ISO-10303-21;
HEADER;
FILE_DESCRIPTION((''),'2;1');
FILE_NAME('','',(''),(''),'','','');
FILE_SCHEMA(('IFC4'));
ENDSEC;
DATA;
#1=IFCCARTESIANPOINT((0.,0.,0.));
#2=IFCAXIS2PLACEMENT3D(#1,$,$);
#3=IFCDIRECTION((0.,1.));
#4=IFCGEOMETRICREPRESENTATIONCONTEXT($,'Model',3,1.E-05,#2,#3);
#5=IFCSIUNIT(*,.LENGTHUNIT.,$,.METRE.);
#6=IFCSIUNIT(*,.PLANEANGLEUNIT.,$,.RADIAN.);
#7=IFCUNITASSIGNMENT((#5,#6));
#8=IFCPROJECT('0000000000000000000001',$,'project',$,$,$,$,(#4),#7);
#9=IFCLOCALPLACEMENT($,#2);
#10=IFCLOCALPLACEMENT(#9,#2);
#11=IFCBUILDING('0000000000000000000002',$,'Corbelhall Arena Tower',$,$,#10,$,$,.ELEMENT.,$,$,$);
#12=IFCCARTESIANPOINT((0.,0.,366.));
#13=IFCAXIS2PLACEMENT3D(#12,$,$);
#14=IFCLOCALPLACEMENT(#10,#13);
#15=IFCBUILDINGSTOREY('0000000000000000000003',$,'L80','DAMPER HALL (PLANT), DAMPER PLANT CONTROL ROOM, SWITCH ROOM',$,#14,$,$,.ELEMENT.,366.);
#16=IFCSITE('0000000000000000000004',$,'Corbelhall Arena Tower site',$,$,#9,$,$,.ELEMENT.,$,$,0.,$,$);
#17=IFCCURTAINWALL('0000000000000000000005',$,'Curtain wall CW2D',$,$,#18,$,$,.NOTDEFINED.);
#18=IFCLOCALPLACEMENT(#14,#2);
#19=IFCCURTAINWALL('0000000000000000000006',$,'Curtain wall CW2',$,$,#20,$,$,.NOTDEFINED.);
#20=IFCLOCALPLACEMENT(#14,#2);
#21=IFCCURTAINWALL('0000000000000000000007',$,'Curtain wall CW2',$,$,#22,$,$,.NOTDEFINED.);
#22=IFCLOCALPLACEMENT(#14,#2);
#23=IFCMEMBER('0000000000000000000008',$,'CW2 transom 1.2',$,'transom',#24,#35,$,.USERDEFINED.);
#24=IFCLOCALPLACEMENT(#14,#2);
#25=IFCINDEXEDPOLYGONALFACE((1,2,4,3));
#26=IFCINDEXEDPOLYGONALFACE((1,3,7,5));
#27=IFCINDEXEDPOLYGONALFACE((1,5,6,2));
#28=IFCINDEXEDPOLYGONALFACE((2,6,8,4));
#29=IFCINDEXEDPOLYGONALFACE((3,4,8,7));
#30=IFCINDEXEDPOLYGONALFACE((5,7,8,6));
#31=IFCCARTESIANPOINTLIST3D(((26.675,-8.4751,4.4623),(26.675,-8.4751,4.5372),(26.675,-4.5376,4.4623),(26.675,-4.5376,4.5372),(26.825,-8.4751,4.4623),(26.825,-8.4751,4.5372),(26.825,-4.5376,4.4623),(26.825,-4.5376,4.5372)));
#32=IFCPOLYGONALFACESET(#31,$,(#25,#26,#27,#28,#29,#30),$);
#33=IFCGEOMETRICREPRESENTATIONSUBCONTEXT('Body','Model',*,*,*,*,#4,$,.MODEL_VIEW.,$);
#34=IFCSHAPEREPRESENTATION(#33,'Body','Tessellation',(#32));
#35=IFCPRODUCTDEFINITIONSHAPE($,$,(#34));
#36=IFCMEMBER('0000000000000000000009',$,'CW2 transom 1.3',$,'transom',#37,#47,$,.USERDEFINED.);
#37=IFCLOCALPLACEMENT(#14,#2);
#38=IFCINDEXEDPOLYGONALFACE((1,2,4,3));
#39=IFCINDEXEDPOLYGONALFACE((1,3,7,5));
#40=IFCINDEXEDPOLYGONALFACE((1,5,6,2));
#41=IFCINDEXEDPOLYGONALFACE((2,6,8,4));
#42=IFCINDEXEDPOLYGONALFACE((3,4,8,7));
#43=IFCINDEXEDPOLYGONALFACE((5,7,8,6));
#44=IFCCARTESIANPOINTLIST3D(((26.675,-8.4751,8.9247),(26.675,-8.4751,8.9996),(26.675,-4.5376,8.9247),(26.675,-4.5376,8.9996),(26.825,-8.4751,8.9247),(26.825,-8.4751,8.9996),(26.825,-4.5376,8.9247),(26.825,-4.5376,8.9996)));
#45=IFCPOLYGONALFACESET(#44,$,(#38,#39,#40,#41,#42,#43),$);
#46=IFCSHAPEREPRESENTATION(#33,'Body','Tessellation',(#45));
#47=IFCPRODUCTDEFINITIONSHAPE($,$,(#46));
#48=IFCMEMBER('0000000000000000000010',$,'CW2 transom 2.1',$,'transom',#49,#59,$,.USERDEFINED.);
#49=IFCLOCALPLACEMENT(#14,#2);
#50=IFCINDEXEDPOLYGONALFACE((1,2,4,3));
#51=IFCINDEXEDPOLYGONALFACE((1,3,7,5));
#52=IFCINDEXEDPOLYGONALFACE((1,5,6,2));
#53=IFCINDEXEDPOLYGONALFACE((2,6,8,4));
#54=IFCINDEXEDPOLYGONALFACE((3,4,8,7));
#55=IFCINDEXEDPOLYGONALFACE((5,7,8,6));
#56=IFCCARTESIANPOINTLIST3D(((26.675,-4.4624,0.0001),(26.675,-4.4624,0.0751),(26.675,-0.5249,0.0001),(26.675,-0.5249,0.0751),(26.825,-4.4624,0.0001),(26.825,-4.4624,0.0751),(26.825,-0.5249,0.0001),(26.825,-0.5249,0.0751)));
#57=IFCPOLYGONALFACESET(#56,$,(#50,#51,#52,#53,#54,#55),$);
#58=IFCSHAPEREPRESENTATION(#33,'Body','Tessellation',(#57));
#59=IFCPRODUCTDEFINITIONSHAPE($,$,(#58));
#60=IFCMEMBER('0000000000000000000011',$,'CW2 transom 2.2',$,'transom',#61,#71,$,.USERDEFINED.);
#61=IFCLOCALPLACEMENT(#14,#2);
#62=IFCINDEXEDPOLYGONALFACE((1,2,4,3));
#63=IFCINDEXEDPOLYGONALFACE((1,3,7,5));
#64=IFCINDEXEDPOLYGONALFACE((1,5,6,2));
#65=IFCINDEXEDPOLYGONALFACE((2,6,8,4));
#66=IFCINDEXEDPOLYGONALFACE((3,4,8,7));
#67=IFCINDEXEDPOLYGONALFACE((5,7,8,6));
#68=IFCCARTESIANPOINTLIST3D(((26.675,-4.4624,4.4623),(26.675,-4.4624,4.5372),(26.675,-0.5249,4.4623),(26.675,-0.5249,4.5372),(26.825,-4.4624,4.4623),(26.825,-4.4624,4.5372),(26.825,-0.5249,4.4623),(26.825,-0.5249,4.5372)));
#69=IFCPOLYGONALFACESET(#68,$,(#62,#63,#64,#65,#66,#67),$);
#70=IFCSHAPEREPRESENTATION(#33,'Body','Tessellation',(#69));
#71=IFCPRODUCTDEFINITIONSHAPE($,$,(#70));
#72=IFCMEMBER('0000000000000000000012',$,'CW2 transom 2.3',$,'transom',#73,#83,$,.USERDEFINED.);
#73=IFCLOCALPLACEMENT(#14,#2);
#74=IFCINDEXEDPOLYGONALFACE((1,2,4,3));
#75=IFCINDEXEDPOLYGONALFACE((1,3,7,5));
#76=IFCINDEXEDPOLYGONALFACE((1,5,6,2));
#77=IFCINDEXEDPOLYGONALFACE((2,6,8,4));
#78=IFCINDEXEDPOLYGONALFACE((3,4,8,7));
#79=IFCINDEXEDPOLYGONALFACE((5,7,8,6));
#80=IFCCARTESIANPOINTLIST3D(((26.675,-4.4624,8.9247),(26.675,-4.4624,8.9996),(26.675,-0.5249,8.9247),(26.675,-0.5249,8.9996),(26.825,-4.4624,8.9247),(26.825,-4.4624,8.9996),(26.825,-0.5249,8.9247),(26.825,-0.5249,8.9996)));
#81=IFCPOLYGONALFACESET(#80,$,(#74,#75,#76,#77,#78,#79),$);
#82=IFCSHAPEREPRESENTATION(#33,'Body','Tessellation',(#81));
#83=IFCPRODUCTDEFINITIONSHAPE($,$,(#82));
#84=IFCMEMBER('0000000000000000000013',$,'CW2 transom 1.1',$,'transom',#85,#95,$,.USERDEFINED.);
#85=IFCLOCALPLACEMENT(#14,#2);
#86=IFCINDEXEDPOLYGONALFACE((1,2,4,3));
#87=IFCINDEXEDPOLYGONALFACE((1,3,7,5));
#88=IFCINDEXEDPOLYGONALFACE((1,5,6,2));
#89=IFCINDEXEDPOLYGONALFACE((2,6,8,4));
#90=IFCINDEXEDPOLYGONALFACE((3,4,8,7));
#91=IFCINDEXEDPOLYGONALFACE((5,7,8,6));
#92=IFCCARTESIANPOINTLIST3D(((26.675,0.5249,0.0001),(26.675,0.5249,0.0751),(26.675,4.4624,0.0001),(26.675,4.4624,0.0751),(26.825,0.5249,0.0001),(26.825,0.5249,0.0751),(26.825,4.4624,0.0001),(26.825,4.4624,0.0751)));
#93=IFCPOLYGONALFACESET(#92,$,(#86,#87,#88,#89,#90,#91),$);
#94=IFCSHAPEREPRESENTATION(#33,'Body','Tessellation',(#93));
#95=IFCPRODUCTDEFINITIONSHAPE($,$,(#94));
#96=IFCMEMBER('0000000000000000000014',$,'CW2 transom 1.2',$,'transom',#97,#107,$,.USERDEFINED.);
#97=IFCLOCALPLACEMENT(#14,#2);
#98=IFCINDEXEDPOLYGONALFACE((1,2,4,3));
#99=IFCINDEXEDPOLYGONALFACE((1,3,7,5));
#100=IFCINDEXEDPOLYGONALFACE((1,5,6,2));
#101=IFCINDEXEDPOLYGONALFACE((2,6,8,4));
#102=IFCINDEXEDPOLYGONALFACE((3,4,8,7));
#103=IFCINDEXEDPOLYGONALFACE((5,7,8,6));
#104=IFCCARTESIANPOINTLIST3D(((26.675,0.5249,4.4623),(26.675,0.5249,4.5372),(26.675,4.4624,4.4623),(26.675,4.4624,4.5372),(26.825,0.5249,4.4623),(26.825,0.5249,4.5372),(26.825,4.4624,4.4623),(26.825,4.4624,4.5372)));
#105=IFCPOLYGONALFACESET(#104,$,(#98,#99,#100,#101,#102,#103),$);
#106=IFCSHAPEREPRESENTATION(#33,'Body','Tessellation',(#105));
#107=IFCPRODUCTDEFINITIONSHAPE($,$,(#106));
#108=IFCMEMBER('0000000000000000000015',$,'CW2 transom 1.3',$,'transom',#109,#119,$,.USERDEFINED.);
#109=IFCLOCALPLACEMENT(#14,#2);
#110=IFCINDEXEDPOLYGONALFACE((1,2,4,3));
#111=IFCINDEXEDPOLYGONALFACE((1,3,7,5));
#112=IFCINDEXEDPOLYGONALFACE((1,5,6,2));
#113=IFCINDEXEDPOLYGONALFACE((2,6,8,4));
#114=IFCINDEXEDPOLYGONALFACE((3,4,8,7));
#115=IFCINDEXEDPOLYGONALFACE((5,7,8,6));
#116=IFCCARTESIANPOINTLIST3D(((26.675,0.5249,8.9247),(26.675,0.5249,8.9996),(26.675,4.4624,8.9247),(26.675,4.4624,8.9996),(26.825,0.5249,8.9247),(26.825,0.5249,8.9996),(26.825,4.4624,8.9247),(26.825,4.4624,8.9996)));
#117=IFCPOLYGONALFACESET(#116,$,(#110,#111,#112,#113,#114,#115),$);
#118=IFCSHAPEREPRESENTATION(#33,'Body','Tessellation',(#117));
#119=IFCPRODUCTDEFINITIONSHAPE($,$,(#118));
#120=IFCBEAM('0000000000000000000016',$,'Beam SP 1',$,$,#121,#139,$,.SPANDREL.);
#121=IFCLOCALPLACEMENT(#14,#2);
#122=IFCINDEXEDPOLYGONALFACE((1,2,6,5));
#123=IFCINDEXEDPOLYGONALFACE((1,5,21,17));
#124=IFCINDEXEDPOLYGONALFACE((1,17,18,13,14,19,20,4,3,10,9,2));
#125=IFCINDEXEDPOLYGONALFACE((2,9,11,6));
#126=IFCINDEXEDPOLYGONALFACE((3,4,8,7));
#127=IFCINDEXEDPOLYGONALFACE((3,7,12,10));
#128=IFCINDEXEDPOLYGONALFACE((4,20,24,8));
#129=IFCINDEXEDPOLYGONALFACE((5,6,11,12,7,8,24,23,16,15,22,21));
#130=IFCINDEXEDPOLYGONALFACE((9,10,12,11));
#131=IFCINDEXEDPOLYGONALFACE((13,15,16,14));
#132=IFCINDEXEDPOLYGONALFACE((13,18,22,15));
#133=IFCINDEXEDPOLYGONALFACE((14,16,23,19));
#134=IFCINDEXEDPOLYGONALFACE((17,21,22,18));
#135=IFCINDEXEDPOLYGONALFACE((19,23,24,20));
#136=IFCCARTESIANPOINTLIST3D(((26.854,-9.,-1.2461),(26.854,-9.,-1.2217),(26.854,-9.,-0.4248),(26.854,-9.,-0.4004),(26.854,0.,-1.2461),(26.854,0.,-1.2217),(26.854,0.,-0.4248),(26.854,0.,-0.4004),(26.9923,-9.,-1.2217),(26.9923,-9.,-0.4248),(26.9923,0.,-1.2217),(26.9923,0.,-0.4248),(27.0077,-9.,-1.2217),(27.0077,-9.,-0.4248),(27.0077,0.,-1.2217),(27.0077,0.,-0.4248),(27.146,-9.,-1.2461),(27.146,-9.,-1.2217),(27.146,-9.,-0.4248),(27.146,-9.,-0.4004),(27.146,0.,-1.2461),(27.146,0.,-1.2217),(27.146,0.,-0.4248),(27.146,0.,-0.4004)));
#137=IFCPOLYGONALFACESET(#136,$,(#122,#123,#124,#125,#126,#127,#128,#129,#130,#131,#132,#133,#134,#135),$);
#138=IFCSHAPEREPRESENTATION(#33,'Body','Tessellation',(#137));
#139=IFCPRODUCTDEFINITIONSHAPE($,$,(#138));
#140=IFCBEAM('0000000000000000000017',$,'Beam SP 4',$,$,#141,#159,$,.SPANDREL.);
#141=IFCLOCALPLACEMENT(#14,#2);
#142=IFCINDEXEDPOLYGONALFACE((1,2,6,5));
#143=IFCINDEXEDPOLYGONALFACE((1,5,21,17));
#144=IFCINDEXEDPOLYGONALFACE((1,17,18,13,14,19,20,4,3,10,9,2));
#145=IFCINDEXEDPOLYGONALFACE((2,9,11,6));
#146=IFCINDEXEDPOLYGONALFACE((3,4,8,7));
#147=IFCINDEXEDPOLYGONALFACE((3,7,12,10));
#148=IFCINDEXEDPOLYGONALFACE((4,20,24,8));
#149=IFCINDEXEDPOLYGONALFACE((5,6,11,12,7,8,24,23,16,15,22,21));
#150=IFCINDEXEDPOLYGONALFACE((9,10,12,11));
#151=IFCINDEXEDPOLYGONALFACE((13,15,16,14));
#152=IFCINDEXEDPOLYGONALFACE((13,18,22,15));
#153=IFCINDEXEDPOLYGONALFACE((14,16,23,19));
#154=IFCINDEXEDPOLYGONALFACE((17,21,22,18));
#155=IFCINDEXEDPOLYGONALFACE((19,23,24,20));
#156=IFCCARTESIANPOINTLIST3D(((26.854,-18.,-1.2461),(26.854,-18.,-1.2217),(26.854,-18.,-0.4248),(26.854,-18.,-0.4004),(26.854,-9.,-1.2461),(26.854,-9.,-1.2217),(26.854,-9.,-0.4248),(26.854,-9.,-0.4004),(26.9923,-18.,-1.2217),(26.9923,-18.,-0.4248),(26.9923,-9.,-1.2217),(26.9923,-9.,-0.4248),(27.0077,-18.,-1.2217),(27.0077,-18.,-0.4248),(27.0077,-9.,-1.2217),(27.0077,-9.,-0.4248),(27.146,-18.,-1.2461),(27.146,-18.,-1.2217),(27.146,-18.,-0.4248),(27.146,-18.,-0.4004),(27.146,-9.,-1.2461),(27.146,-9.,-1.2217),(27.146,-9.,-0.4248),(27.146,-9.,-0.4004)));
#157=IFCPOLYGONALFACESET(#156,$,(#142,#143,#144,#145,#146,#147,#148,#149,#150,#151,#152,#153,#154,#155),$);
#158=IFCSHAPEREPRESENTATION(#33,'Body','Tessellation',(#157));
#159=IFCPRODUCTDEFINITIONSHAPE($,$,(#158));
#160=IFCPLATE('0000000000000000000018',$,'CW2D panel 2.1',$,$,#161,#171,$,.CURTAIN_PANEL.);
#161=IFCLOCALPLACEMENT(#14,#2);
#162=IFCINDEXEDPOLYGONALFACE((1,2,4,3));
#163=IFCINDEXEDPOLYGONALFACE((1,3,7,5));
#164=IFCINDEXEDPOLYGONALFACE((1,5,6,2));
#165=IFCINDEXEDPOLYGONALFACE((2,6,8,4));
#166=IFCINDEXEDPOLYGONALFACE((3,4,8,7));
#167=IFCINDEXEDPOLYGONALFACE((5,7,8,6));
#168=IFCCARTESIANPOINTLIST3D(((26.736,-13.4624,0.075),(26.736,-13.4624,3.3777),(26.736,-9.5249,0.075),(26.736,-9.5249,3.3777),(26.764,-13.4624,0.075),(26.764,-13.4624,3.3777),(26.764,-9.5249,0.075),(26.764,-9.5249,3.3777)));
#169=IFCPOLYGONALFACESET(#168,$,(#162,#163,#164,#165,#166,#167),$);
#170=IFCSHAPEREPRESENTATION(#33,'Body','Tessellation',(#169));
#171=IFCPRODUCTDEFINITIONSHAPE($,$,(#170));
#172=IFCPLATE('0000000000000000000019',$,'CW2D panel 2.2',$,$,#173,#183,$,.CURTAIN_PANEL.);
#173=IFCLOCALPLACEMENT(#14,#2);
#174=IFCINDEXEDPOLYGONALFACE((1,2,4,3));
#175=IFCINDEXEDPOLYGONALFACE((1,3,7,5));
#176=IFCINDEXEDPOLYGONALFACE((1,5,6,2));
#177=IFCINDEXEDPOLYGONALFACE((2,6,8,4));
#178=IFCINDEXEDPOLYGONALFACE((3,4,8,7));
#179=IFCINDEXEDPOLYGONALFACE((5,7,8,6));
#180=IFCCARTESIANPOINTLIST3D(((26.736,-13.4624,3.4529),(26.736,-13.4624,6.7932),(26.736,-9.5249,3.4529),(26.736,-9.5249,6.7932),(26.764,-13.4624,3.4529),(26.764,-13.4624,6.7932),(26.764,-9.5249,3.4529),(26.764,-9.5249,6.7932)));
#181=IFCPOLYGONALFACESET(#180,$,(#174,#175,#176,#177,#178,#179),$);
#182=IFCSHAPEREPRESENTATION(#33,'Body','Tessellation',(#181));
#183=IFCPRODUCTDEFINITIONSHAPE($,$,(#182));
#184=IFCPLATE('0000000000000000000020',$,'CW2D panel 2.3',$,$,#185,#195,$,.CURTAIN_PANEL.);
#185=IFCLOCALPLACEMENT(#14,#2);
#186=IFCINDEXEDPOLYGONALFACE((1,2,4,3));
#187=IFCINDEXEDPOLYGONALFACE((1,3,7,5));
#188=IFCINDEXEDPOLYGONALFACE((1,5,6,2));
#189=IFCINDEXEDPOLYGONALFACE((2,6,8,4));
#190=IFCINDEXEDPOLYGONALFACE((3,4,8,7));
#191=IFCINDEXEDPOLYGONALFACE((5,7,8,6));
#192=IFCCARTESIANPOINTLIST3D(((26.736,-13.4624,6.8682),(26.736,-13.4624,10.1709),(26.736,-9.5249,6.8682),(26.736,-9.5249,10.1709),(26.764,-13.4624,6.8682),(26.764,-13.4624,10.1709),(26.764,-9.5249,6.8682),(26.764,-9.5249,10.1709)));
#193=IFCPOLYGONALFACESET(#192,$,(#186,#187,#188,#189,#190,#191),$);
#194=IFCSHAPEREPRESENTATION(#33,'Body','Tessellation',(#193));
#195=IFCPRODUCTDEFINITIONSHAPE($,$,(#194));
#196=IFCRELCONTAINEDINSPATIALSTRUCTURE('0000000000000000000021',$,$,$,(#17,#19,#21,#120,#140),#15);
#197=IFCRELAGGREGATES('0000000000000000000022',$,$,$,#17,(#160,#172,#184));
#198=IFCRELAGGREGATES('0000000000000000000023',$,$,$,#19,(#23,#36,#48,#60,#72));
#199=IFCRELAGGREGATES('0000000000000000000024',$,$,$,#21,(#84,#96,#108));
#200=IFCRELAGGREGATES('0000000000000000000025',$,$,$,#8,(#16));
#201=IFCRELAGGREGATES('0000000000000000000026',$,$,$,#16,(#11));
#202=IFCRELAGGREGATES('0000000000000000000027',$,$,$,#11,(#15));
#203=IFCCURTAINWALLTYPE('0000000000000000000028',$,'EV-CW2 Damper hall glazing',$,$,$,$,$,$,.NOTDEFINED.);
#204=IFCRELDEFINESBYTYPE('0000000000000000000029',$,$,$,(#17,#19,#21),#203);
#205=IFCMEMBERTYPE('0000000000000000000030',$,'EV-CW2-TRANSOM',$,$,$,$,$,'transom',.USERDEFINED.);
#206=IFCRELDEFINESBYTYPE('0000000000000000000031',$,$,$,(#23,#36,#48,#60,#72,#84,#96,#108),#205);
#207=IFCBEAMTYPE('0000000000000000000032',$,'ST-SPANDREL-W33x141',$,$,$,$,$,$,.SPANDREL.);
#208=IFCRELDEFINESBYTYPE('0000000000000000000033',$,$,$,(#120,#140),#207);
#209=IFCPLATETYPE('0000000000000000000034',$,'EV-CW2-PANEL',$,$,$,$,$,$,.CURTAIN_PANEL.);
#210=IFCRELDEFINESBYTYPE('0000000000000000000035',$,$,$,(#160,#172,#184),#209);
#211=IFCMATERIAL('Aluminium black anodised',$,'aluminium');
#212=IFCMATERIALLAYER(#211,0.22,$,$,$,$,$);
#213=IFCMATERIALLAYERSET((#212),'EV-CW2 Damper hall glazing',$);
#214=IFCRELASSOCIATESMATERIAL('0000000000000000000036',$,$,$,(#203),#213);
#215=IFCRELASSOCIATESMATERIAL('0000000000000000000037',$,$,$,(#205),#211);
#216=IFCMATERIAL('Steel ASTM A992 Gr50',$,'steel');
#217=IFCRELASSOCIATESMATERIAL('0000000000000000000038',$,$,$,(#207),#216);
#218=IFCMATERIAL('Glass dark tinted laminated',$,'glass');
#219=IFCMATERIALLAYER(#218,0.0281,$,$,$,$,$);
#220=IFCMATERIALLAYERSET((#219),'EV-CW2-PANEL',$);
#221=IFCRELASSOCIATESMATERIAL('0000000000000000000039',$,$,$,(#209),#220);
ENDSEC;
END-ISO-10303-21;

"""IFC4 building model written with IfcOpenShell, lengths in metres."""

from ifc_helpers import new_model, si_unit, direction, frame, origin, origin_2d, place, context, subcontext, project, spatial, rectangle, i_section, extrude, material, layer, layer_set, material_profile, profile_set, type_object, element, aggregate, save


model = new_model("IFC4")

# Units and contexts
model_context = context("Model", 3, precision=1e-05, world=origin(), true_north=direction((0.0, 1.0)))
body_context = subcontext(model_context, "Body", "Model", "MODEL_VIEW")
ifc_project = project(units=[si_unit("LENGTHUNIT", "METRE"), si_unit("PLANEANGLEUNIT", "RADIAN")], contexts=[model_context])

# Site, building, storey
site_placement = place(None, origin())
site = spatial("IfcSite", under=ifc_project, at=site_placement, Name="Corbelhall Arena Tower site", CompositionType="ELEMENT", RefElevation=0.0)
building_placement = place(site_placement, origin())
building = spatial("IfcBuilding", under=site, at=building_placement, Name="Corbelhall Arena Tower", CompositionType="ELEMENT")
storey_placement = place(building_placement, frame((0.0, 0.0, 366.0)))
storey = spatial("IfcBuildingStorey", under=building, at=storey_placement, Name="L80", Description="DAMPER HALL (PLANT), DAMPER PLANT CONTROL ROOM, SWITCH ROOM", CompositionType="ELEMENT", Elevation=366.0)

# Curtain walls
ifc_material_1 = material(Name="Aluminium black anodised", Category="aluminium")
ifc_layer_1 = layer(ifc_material_1, 0.22)
ifc_layer_set_1 = layer_set([ifc_layer_1], Name="EV-CW2 Damper hall glazing")
curtain_wall_type = type_object("IfcCurtainWallType", Name="EV-CW2 Damper hall glazing", PredefinedType="NOTDEFINED", material=ifc_layer_set_1)
curtain_wall_1_placement = place(storey_placement, origin())
curtain_wall_1 = element("IfcCurtainWall", 1, at=curtain_wall_1_placement, inside=storey, type_object=curtain_wall_type, Name="Curtain wall CW2D", PredefinedType="NOTDEFINED")
curtain_wall_2_placement = place(storey_placement, origin())
curtain_wall_2 = element("IfcCurtainWall", 2, at=curtain_wall_2_placement, inside=storey, type_object=curtain_wall_type, Name="Curtain wall CW2", PredefinedType="NOTDEFINED")

# Curtain wall
curtain_wall_3_placement = place(storey_placement, origin())
curtain_wall_3 = element("IfcCurtainWall", 3, at=curtain_wall_3_placement, inside=storey, type_object=curtain_wall_type, Name="Curtain wall CW2", PredefinedType="NOTDEFINED")

# Members
ifc_material_profile_1 = material_profile(ifc_material_1, rectangle(XDim=0.1499, YDim=0.075, at=origin_2d()))
ifc_profile_set_1 = profile_set([ifc_material_profile_1], Name="Aluminium black anodised")
member_type_1 = type_object("IfcMemberType", Name="EV-CW2-TRANSOM", ElementType="transom", PredefinedType="USERDEFINED", material=ifc_profile_set_1)
member_1_placement = place(storey_placement, frame((26.75, -8.4751, 4.4998), z_axis=(0.0, 1.0, 0.0), x_axis=(-1.0, 0.0, 0.0)))
member_1 = element("IfcMember", 4, at=member_1_placement, type_object=member_type_1, Name="CW2 transom 1.2", ObjectType="transom", PredefinedType="USERDEFINED", context=body_context, shape_type="SweptSolid", body=[
    extrude(rectangle(XDim=0.1499, YDim=0.075, at=origin_2d()), origin(), (0.0, 0.0, 1.0), 3.9375),
])
member_2_placement = place(storey_placement, frame((26.75, -8.4751, 8.9622), z_axis=(0.0, 1.0, 0.0), x_axis=(-1.0, 0.0, 0.0)))
member_2 = element("IfcMember", 5, at=member_2_placement, type_object=member_type_1, Name="CW2 transom 1.3", ObjectType="transom", PredefinedType="USERDEFINED", context=body_context, shape_type="SweptSolid", body=[
    extrude(rectangle(XDim=0.1499, YDim=0.075, at=origin_2d()), origin(), (0.0, 0.0, 1.0), 3.9375),
])
member_3_placement = place(storey_placement, frame((26.75, -4.4624, 0.0376), z_axis=(0.0, 1.0, 0.0), x_axis=(-1.0, 0.0, 0.0)))
member_3 = element("IfcMember", 6, at=member_3_placement, type_object=member_type_1, Name="CW2 transom 2.1", ObjectType="transom", PredefinedType="USERDEFINED", context=body_context, shape_type="SweptSolid", body=[
    extrude(rectangle(XDim=0.1499, YDim=0.075, at=origin_2d()), origin(), (0.0, 0.0, 1.0), 3.9375),
])
member_4_placement = place(storey_placement, frame((26.75, -4.4624, 4.4998), z_axis=(0.0, 1.0, 0.0), x_axis=(-1.0, 0.0, 0.0)))
member_4 = element("IfcMember", 7, at=member_4_placement, type_object=member_type_1, Name="CW2 transom 2.2", ObjectType="transom", PredefinedType="USERDEFINED", context=body_context, shape_type="SweptSolid", body=[
    extrude(rectangle(XDim=0.1499, YDim=0.075, at=origin_2d()), origin(), (0.0, 0.0, 1.0), 3.9375),
])
member_5_placement = place(storey_placement, frame((26.75, -4.4624, 8.9622), z_axis=(0.0, 1.0, 0.0), x_axis=(-1.0, 0.0, 0.0)))
member_5 = element("IfcMember", 8, at=member_5_placement, type_object=member_type_1, Name="CW2 transom 2.3", ObjectType="transom", PredefinedType="USERDEFINED", context=body_context, shape_type="SweptSolid", body=[
    extrude(rectangle(XDim=0.1499, YDim=0.075, at=origin_2d()), origin(), (0.0, 0.0, 1.0), 3.9375),
])
member_6_placement = place(storey_placement, frame((26.75, 0.5249, 0.0376), z_axis=(0.0, 1.0, 0.0), x_axis=(-1.0, 0.0, 0.0)))
member_6 = element("IfcMember", 9, at=member_6_placement, type_object=member_type_1, Name="CW2 transom 1.1", ObjectType="transom", PredefinedType="USERDEFINED", context=body_context, shape_type="SweptSolid", body=[
    extrude(rectangle(XDim=0.1499, YDim=0.075, at=origin_2d()), origin(), (0.0, 0.0, 1.0), 3.9375),
])
member_7_placement = place(storey_placement, frame((26.75, 0.5249, 4.4998), z_axis=(0.0, 1.0, 0.0), x_axis=(-1.0, 0.0, 0.0)))
member_7 = element("IfcMember", 10, at=member_7_placement, type_object=member_type_1, Name="CW2 transom 1.2", ObjectType="transom", PredefinedType="USERDEFINED", context=body_context, shape_type="SweptSolid", body=[
    extrude(rectangle(XDim=0.1499, YDim=0.075, at=origin_2d()), origin(), (0.0, 0.0, 1.0), 3.9375),
])
member_8_placement = place(storey_placement, frame((26.75, 0.5249, 8.9622), z_axis=(0.0, 1.0, 0.0), x_axis=(-1.0, 0.0, 0.0)))
member_8 = element("IfcMember", 11, at=member_8_placement, type_object=member_type_1, Name="CW2 transom 1.3", ObjectType="transom", PredefinedType="USERDEFINED", context=body_context, shape_type="SweptSolid", body=[
    extrude(rectangle(XDim=0.1499, YDim=0.075, at=origin_2d()), origin(), (0.0, 0.0, 1.0), 3.9375),
])

# Beams
ifc_material_2 = material(Name="Steel ASTM A992 Gr50", Category="steel")
ifc_material_profile_2 = material_profile(ifc_material_2, i_section(OverallWidth=0.292, OverallDepth=0.8457, WebThickness=0.0154, FlangeThickness=0.0244, at=origin_2d()))
ifc_profile_set_2 = profile_set([ifc_material_profile_2], Name="Steel ASTM A992 Gr50")
beam_type = type_object("IfcBeamType", Name="ST-SPANDREL-W33x141", PredefinedType="SPANDREL", material=ifc_profile_set_2)
for number, where, z_axis, x_axis, name in (
    (12, (27.0, 0.0, -0.8232), (0.0, -1.0, 0.0), (1.0, 0.0, 0.0), "Beam SP 1"),
    (13, (27.0, -9.0, -0.8232), (0.0, -1.0, 0.0), (1.0, 0.0, 0.0), "Beam SP 4"),
):
    element("IfcBeam", number, at=place(storey_placement, frame(where, z_axis=z_axis, x_axis=x_axis)), inside=storey, type_object=beam_type, Name=name, PredefinedType="SPANDREL", context=body_context, shape_type="SweptSolid", body=[
        extrude(i_section(OverallWidth=0.292, OverallDepth=0.8457, WebThickness=0.0154, FlangeThickness=0.0244, at=origin_2d()), origin(), (0.0, 0.0, 1.0), 9.0),
    ])

# Plates
ifc_material_3 = material(Name="Glass dark tinted laminated", Category="glass")
ifc_layer_2 = layer(ifc_material_3, 0.0281)
ifc_layer_set_2 = layer_set([ifc_layer_2], Name="EV-CW2-PANEL")
plate_type = type_object("IfcPlateType", Name="EV-CW2-PANEL", PredefinedType="CURTAIN_PANEL", material=ifc_layer_set_2)
plate_1_placement = place(storey_placement, frame((26.75, -11.4937, 0.075), z_axis=(0.0, 0.0, 1.0), x_axis=(0.0, 1.0, 0.0)))
plate_1 = element("IfcPlate", 14, at=plate_1_placement, type_object=plate_type, Name="CW2D panel 2.1", PredefinedType="CURTAIN_PANEL", context=body_context, shape_type="SweptSolid", body=[
    extrude(rectangle(XDim=3.9375, YDim=0.0281, at=origin_2d()), origin(), (0.0, 0.0, 1.0), 3.3027),
])
plate_2_placement = place(storey_placement, frame((26.75, -11.4937, 3.4529), z_axis=(0.0, 0.0, 1.0), x_axis=(0.0, 1.0, 0.0)))
plate_2 = element("IfcPlate", 15, at=plate_2_placement, type_object=plate_type, Name="CW2D panel 2.2", PredefinedType="CURTAIN_PANEL", context=body_context, shape_type="SweptSolid", body=[
    extrude(rectangle(XDim=3.9375, YDim=0.0281, at=origin_2d()), origin(), (0.0, 0.0, 1.0), 3.3403),
])
plate_3_placement = place(storey_placement, frame((26.75, -11.4937, 6.8682), z_axis=(0.0, 0.0, 1.0), x_axis=(0.0, 1.0, 0.0)))
plate_3 = element("IfcPlate", 16, at=plate_3_placement, type_object=plate_type, Name="CW2D panel 2.3", PredefinedType="CURTAIN_PANEL", context=body_context, shape_type="SweptSolid", body=[
    extrude(rectangle(XDim=3.9375, YDim=0.0281, at=origin_2d()), origin(), (0.0, 0.0, 1.0), 3.3027),
])
aggregate(curtain_wall_1, [plate_1, plate_2, plate_3])
aggregate(curtain_wall_2, [member_1, member_2, member_3, member_4, member_5])
aggregate(curtain_wall_3, [member_6, member_7, member_8])

save(model, "model.ifc")
